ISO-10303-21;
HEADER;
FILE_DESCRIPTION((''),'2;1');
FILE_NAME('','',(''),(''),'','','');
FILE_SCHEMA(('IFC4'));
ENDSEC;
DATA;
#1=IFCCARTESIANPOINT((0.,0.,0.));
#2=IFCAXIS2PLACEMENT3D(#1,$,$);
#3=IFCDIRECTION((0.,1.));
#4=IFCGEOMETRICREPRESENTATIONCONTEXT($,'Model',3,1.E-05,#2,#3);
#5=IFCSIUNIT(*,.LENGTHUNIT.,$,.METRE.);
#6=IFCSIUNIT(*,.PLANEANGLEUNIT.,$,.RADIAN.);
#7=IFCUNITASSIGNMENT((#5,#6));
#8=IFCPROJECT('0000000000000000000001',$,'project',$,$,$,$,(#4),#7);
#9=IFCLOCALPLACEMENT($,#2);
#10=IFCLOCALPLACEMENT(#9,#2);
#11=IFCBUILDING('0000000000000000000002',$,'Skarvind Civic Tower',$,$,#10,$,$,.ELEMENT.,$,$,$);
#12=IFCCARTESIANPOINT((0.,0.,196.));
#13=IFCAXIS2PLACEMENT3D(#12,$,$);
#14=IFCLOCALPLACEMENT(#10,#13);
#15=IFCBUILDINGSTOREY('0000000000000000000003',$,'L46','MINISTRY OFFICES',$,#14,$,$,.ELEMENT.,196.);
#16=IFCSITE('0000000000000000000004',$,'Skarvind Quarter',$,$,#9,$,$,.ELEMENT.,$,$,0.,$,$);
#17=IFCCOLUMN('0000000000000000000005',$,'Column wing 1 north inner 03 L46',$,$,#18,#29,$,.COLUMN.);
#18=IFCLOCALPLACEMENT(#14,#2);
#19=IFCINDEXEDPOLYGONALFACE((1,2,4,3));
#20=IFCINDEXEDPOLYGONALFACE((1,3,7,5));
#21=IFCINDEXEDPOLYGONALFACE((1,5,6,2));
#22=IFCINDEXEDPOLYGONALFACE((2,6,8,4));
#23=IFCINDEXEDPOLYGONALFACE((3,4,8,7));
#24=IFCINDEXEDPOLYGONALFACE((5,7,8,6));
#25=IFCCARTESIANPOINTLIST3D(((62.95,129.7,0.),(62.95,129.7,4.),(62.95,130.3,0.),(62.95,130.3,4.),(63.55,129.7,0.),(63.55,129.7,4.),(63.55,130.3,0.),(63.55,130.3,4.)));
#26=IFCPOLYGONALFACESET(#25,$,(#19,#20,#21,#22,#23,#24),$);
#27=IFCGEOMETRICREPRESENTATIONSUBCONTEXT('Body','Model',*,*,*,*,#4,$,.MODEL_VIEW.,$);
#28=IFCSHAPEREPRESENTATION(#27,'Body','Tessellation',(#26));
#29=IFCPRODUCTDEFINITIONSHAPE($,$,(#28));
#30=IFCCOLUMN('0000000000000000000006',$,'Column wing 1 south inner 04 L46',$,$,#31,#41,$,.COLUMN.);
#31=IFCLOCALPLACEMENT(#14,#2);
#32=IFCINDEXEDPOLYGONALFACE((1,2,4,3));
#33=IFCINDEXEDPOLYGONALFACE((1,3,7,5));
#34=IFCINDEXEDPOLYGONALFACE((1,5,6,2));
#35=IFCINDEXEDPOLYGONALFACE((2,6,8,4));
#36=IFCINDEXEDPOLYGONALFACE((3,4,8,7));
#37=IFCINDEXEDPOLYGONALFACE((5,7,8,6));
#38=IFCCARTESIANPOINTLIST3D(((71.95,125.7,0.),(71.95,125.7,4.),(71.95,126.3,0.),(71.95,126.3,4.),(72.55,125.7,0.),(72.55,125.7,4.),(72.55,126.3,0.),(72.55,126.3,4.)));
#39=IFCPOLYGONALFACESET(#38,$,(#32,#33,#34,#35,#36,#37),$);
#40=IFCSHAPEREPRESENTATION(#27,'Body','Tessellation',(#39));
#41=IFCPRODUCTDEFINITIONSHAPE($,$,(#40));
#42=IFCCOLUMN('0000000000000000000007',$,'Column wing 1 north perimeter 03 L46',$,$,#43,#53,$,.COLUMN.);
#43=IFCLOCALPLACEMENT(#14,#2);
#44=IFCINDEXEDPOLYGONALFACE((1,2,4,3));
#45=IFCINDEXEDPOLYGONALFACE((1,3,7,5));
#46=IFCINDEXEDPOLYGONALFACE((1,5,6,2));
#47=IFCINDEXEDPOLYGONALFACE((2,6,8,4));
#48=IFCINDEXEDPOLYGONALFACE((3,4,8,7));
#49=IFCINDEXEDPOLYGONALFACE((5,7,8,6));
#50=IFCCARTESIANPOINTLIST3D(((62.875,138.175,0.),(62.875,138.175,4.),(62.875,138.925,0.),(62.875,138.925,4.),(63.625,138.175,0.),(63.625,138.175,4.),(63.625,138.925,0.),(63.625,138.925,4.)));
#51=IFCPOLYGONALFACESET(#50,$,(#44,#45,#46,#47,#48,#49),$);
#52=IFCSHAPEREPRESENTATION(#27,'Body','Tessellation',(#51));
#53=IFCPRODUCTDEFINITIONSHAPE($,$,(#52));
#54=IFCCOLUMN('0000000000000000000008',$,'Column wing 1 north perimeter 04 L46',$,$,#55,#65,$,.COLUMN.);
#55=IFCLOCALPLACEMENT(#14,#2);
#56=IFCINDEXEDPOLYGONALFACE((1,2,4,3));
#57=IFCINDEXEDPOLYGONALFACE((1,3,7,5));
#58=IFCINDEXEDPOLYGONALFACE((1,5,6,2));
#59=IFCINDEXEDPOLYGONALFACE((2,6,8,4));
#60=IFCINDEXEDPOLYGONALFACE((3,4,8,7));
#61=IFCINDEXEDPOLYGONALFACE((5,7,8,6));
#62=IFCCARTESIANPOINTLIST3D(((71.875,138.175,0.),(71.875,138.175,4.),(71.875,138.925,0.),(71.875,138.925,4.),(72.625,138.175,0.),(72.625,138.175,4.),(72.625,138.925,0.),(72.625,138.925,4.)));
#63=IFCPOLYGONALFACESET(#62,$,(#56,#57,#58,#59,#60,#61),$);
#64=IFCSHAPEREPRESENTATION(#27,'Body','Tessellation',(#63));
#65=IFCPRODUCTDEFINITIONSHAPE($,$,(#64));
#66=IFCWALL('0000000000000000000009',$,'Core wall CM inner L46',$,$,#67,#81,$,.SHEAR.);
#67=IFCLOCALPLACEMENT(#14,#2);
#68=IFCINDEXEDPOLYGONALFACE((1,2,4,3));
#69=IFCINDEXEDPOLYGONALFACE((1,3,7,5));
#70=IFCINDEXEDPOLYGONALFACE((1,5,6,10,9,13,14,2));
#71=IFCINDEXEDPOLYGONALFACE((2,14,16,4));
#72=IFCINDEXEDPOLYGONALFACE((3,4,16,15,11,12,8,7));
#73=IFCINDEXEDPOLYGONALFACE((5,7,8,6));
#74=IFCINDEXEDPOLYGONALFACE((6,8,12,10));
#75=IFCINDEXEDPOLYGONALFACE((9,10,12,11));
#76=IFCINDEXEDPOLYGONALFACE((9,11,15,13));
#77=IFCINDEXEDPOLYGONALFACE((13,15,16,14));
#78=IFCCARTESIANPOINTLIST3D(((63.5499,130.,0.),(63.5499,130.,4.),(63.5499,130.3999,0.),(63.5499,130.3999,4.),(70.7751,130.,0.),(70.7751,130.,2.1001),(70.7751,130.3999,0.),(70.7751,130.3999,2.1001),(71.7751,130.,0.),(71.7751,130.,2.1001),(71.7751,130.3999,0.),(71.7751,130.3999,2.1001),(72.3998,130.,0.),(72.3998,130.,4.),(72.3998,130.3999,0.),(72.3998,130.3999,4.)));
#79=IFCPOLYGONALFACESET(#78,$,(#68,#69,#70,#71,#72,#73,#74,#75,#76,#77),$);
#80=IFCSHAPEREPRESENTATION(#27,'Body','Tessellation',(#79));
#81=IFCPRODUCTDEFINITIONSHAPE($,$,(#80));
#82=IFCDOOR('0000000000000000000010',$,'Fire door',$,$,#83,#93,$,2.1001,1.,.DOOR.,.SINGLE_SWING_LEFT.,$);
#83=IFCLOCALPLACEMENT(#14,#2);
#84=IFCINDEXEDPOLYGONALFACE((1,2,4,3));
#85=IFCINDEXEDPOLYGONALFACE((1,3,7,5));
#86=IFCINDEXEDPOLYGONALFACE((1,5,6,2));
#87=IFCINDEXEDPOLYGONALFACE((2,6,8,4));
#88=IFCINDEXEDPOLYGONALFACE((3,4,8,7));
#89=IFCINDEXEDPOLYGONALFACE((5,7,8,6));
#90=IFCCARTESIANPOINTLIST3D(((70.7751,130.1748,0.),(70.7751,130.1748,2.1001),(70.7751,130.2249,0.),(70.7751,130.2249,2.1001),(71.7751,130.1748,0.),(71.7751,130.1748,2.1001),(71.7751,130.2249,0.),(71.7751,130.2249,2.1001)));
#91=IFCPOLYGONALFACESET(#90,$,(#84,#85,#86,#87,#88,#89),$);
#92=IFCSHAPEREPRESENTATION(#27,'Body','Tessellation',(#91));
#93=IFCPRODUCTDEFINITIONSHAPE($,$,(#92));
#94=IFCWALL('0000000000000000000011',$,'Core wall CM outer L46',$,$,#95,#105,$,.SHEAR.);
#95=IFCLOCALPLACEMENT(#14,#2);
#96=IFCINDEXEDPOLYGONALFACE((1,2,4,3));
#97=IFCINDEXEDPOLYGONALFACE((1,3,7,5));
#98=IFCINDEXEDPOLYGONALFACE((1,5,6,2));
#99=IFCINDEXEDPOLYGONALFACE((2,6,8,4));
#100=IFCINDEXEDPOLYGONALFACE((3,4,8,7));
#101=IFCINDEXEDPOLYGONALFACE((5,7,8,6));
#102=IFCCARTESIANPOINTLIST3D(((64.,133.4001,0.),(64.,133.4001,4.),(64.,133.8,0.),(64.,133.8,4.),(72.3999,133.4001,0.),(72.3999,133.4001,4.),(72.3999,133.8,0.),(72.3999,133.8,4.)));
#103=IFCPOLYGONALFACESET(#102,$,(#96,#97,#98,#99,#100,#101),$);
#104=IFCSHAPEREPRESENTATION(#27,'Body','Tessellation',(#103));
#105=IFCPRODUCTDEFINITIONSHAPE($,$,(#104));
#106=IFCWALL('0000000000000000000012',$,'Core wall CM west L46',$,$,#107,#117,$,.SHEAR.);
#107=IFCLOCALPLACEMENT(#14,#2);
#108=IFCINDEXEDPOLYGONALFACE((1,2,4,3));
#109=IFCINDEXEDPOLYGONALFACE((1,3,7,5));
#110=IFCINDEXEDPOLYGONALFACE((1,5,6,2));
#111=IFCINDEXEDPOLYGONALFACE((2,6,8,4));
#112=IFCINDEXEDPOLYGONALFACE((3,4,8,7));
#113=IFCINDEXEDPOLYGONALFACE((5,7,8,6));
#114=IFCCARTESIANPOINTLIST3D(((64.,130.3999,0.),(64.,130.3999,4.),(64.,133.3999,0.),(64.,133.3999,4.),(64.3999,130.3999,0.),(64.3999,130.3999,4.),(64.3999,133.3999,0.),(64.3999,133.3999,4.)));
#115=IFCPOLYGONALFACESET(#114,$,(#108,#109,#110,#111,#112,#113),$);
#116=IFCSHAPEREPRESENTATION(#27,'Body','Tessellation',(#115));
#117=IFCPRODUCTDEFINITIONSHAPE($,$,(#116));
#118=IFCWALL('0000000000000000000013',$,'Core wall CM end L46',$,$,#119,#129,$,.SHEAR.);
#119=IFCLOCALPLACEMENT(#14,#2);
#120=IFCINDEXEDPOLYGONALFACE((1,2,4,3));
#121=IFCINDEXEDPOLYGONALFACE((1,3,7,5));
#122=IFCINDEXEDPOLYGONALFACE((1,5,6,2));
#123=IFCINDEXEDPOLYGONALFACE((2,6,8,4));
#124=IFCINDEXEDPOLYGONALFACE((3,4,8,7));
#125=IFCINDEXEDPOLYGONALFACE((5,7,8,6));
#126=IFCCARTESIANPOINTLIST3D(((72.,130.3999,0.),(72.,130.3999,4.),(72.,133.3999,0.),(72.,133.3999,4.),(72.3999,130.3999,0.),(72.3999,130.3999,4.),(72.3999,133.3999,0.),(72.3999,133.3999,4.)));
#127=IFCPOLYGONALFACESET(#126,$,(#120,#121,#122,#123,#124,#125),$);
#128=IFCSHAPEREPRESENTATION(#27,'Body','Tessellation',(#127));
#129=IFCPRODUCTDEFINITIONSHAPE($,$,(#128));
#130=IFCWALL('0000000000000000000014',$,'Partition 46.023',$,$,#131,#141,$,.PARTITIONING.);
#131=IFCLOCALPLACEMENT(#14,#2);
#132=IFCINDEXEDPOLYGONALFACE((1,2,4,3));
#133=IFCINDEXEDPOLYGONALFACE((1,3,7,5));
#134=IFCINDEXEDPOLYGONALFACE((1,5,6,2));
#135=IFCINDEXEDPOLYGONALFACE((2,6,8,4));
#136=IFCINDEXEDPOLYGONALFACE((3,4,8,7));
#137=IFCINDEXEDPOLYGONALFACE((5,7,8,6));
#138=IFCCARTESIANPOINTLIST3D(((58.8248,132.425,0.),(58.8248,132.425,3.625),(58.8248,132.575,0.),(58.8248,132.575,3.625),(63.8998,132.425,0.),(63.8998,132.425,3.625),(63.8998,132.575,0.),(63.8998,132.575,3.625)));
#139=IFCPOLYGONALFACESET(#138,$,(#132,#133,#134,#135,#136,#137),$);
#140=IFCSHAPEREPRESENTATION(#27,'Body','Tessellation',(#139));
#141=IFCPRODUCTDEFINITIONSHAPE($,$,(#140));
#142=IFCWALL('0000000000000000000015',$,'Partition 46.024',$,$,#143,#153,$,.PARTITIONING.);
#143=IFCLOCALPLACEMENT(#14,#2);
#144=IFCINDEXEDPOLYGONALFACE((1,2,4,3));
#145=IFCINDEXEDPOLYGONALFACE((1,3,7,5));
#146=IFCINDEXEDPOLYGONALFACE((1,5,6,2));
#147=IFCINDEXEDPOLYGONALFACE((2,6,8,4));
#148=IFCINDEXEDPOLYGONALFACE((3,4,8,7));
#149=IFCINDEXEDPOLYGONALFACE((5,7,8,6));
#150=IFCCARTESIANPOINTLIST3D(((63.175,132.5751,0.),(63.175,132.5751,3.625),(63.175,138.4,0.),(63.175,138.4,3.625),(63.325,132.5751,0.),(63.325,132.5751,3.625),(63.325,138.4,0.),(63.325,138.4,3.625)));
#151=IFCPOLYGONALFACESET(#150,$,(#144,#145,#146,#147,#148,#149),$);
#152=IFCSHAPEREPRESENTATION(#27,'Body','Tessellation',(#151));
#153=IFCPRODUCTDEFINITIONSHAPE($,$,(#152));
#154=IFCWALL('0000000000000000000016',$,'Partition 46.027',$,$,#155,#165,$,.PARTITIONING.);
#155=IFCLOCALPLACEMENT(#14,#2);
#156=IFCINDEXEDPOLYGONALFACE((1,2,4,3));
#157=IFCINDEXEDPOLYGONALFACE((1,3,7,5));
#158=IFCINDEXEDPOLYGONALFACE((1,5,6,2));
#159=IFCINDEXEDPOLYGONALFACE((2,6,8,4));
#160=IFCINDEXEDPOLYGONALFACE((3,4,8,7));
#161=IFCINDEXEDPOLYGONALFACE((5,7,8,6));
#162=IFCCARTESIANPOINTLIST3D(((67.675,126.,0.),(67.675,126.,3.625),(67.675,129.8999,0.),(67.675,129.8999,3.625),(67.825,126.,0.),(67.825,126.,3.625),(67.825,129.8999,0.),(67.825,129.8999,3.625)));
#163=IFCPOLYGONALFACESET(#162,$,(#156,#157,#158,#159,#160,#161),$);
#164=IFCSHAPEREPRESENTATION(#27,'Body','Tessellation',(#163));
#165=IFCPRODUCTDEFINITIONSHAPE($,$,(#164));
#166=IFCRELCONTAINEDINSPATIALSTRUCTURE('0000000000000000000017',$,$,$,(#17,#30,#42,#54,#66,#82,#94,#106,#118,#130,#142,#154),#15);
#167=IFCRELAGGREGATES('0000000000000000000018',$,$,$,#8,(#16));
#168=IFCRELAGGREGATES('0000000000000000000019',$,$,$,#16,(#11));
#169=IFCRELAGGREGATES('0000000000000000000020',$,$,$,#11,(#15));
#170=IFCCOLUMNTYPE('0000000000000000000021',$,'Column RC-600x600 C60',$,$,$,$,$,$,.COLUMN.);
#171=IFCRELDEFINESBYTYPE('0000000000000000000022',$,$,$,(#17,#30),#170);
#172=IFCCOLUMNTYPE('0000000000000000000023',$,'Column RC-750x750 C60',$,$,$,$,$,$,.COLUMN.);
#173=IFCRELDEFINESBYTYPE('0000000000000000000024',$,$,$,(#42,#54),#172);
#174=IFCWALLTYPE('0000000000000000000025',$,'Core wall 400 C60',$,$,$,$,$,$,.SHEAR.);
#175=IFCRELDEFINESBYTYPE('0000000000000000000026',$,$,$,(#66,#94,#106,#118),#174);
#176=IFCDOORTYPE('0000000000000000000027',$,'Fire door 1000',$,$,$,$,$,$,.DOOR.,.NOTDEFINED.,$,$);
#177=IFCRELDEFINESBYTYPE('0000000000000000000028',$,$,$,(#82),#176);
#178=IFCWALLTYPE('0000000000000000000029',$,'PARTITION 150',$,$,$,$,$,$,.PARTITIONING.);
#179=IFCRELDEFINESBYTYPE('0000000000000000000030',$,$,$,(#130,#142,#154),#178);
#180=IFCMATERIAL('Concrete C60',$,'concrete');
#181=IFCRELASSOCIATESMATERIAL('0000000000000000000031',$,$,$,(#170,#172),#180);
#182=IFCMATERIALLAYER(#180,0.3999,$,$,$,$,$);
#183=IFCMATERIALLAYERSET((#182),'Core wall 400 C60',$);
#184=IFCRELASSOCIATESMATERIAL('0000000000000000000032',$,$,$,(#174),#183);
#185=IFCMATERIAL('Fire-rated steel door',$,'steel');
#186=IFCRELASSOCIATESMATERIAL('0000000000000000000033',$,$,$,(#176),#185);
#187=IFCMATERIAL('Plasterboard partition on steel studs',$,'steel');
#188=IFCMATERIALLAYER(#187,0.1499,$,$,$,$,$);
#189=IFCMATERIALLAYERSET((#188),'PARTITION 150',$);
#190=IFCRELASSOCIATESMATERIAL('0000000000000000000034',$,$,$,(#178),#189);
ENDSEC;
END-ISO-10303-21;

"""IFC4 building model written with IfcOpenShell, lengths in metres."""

from ifc_helpers import new_model, si_unit, direction, frame, frame_2d, origin, origin_2d, place, context, subcontext, project, spatial, rectangle, extrude, material, layer, layer_set, material_profile, profile_set, type_object, element, fill, save


model = new_model("IFC4")

# Units and contexts
model_context = context("Model", 3, precision=1e-05, world=origin(), true_north=direction((0.0, 1.0)))
body_context = subcontext(model_context, "Body", "Model", "MODEL_VIEW")
ifc_project = project(units=[si_unit("LENGTHUNIT", "METRE"), si_unit("PLANEANGLEUNIT", "RADIAN")], contexts=[model_context])

# Site, building, storey
site_placement = place(None, origin())
site = spatial("IfcSite", under=ifc_project, at=site_placement, Name="Skarvind Quarter", CompositionType="ELEMENT", RefElevation=0.0)
building_placement = place(site_placement, origin())
building = spatial("IfcBuilding", under=site, at=building_placement, Name="Skarvind Civic Tower", CompositionType="ELEMENT")
storey_placement = place(building_placement, frame((0.0, 0.0, 196.0)))
storey = spatial("IfcBuildingStorey", under=building, at=storey_placement, Name="L46", Description="MINISTRY OFFICES", CompositionType="ELEMENT", Elevation=196.0)

# Columns
ifc_material_1 = material(Name="Concrete C60", Category="concrete")
ifc_material_profile_1 = material_profile(ifc_material_1, rectangle(XDim=0.6001, YDim=0.6001, at=origin_2d()), Name="RC-600x600")
ifc_profile_set_1 = profile_set([ifc_material_profile_1], Name="Concrete C60")
column_type_1 = type_object("IfcColumnType", Name="Column RC-600x600 C60", PredefinedType="COLUMN", material=ifc_profile_set_1)
for number, where, z_axis, x_axis, name in (
    (1, (63.25, 130.0, 0.0), (0.0, 0.0, 1.0), (1.0, 0.0, 0.0), "Column wing 1 north inner 03 L46"),
    (2, (72.25, 126.0, 0.0), (0.0, 0.0, 1.0), (1.0, 0.0, 0.0), "Column wing 1 south inner 04 L46"),
):
    element("IfcColumn", number, at=place(storey_placement, frame(where, z_axis=z_axis, x_axis=x_axis)), inside=storey, type_object=column_type_1, Name=name, PredefinedType="COLUMN", context=body_context, shape_type="SweptSolid", body=[
        extrude(rectangle(XDim=0.6001, YDim=0.6001, at=origin_2d()), origin(), (0.0, 0.0, 1.0), 4.0),
    ])
ifc_material_profile_2 = material_profile(ifc_material_1, rectangle(XDim=0.75, YDim=0.75, at=origin_2d()), Name="RC-750x750")
ifc_profile_set_2 = profile_set([ifc_material_profile_2], Name="Concrete C60")
column_type_2 = type_object("IfcColumnType", Name="Column RC-750x750 C60", PredefinedType="COLUMN", material=ifc_profile_set_2)
for number, where, z_axis, x_axis, name in (
    (3, (63.25, 138.55, 0.0), (0.0, 0.0, 1.0), (1.0, 0.0, 0.0), "Column wing 1 north perimeter 03 L46"),
    (4, (72.25, 138.55, 0.0), (0.0, 0.0, 1.0), (1.0, 0.0, 0.0), "Column wing 1 north perimeter 04 L46"),
):
    element("IfcColumn", number, at=place(storey_placement, frame(where, z_axis=z_axis, x_axis=x_axis)), inside=storey, type_object=column_type_2, Name=name, PredefinedType="COLUMN", context=body_context, shape_type="SweptSolid", body=[
        extrude(rectangle(XDim=0.75, YDim=0.75, at=origin_2d()), origin(), (0.0, 0.0, 1.0), 4.0),
    ])

# Wall, opening, door
ifc_layer_1 = layer(ifc_material_1, 0.3999)
ifc_layer_set_1 = layer_set([ifc_layer_1], Name="Core wall 400 C60")
wall_type_1 = type_object("IfcWallType", Name="Core wall 400 C60", PredefinedType="SHEAR", material=ifc_layer_set_1)
wall_1_placement = place(storey_placement, frame((63.55, 130.2, 0.0), z_axis=(0.0, 0.0, 1.0), x_axis=(1.0, 0.0, 0.0)))
wall_1 = element("IfcWall", 5, at=wall_1_placement, inside=storey, type_object=wall_type_1, Name="Core wall CM inner L46", PredefinedType="SHEAR", context=body_context, shape_type="SweptSolid", body=[
    extrude(rectangle(XDim=8.8499, YDim=0.3999, at=frame_2d((4.4248, 0.0))), origin(), (0.0, 0.0, 1.0), 4.0),
])
opening_1_placement = place(wall_1_placement, frame((7.2251, 0.0, 0.0)))
opening_1 = element("IfcOpeningElement", 6, at=opening_1_placement, cuts=wall_1, PredefinedType="OPENING", context=body_context, shape_type="SweptSolid", body=[
    extrude(rectangle(XDim=1.0, YDim=2.1001, at=frame_2d((0.5, 1.05))), frame((0.0, 0.21, 0.0), z_axis=(0.0, -1.0, 0.0), x_axis=(1.0, 0.0, 0.0)), (0.0, 0.0, 1.0), 0.4199),
])
ifc_material_2 = material(Name="Fire-rated steel door", Category="steel")
door_type_1 = type_object("IfcDoorType", Name="Fire door 1000", OperationType="NOTDEFINED", PredefinedType="DOOR", material=ifc_material_2)
door_1_placement = place(opening_1_placement, origin())
door_1 = element("IfcDoor", 7, at=door_1_placement, inside=storey, type_object=door_type_1, Name="Fire door", OperationType="SINGLE_SWING_LEFT", OverallHeight=2.1001, OverallWidth=1.0, PredefinedType="DOOR", context=body_context, shape_type="SweptSolid", body=[
    extrude(rectangle(XDim=1.0, YDim=2.1001, at=frame_2d((0.5, 1.05))), frame((0.0, 0.0249, 0.0), z_axis=(0.0, -1.0, 0.0), x_axis=(1.0, 0.0, 0.0)), (0.0, 0.0, 1.0), 0.05),
])
fill(opening_1, door_1)

# Walls
wall_2_placement = place(storey_placement, frame((64.0, 133.6001, 0.0), z_axis=(0.0, 0.0, 1.0), x_axis=(1.0, 0.0, 0.0)))
element("IfcWall", 8, at=wall_2_placement, inside=storey, type_object=wall_type_1, Name="Core wall CM outer L46", PredefinedType="SHEAR", context=body_context, shape_type="SweptSolid", body=[
    extrude(rectangle(XDim=8.3999, YDim=0.3999, at=frame_2d((4.2, 0.0))), origin(), (0.0, 0.0, 1.0), 4.0),
])
for number, where, z_axis, x_axis, name in (
    (9, (64.2, 130.3999, 0.0), (0.0, 0.0, 1.0), (0.0, 1.0, 0.0), "Core wall CM west L46"),
    (10, (72.2, 130.3999, 0.0), (0.0, 0.0, 1.0), (0.0, 1.0, 0.0), "Core wall CM end L46"),
):
    element("IfcWall", number, at=place(storey_placement, frame(where, z_axis=z_axis, x_axis=x_axis)), inside=storey, type_object=wall_type_1, Name=name, PredefinedType="SHEAR", context=body_context, shape_type="SweptSolid", body=[
        extrude(rectangle(XDim=3.0, YDim=0.3999, at=frame_2d((1.5, 0.0))), origin(), (0.0, 0.0, 1.0), 4.0),
    ])
ifc_material_3 = material(Name="Plasterboard partition on steel studs", Category="steel")
ifc_layer_2 = layer(ifc_material_3, 0.1499)
ifc_layer_set_2 = layer_set([ifc_layer_2], Name="PARTITION 150")
wall_type_2 = type_object("IfcWallType", Name="PARTITION 150", PredefinedType="PARTITIONING", material=ifc_layer_set_2)
wall_3_placement = place(storey_placement, frame((63.8999, 132.5, 0.0), z_axis=(0.0, 0.0, 1.0), x_axis=(-1.0, 0.0, 0.0)))
element("IfcWall", 11, at=wall_3_placement, inside=storey, type_object=wall_type_2, Name="Partition 46.023", PredefinedType="PARTITIONING", context=body_context, shape_type="SweptSolid", body=[
    extrude(rectangle(XDim=5.075, YDim=0.1499, at=frame_2d((2.5376, 0.0))), origin(), (0.0, 0.0, 1.0), 3.625),
])
wall_4_placement = place(storey_placement, frame((63.25, 132.575, 0.0), z_axis=(0.0, 0.0, 1.0), x_axis=(0.0, 1.0, 0.0)))
element("IfcWall", 12, at=wall_4_placement, inside=storey, type_object=wall_type_2, Name="Partition 46.024", PredefinedType="PARTITIONING", context=body_context, shape_type="SweptSolid", body=[
    extrude(rectangle(XDim=5.825, YDim=0.1499, at=frame_2d((2.9126, 0.0))), origin(), (0.0, 0.0, 1.0), 3.625),
])
wall_5_placement = place(storey_placement, frame((67.75, 126.0, 0.0), z_axis=(0.0, 0.0, 1.0), x_axis=(0.0, 1.0, 0.0)))
element("IfcWall", 13, at=wall_5_placement, inside=storey, type_object=wall_type_2, Name="Partition 46.027", PredefinedType="PARTITIONING", context=body_context, shape_type="SweptSolid", body=[
    extrude(rectangle(XDim=3.8999, YDim=0.1499, at=frame_2d((1.95, 0.0))), origin(), (0.0, 0.0, 1.0), 3.625),
])

save(model, "model.ifc")
